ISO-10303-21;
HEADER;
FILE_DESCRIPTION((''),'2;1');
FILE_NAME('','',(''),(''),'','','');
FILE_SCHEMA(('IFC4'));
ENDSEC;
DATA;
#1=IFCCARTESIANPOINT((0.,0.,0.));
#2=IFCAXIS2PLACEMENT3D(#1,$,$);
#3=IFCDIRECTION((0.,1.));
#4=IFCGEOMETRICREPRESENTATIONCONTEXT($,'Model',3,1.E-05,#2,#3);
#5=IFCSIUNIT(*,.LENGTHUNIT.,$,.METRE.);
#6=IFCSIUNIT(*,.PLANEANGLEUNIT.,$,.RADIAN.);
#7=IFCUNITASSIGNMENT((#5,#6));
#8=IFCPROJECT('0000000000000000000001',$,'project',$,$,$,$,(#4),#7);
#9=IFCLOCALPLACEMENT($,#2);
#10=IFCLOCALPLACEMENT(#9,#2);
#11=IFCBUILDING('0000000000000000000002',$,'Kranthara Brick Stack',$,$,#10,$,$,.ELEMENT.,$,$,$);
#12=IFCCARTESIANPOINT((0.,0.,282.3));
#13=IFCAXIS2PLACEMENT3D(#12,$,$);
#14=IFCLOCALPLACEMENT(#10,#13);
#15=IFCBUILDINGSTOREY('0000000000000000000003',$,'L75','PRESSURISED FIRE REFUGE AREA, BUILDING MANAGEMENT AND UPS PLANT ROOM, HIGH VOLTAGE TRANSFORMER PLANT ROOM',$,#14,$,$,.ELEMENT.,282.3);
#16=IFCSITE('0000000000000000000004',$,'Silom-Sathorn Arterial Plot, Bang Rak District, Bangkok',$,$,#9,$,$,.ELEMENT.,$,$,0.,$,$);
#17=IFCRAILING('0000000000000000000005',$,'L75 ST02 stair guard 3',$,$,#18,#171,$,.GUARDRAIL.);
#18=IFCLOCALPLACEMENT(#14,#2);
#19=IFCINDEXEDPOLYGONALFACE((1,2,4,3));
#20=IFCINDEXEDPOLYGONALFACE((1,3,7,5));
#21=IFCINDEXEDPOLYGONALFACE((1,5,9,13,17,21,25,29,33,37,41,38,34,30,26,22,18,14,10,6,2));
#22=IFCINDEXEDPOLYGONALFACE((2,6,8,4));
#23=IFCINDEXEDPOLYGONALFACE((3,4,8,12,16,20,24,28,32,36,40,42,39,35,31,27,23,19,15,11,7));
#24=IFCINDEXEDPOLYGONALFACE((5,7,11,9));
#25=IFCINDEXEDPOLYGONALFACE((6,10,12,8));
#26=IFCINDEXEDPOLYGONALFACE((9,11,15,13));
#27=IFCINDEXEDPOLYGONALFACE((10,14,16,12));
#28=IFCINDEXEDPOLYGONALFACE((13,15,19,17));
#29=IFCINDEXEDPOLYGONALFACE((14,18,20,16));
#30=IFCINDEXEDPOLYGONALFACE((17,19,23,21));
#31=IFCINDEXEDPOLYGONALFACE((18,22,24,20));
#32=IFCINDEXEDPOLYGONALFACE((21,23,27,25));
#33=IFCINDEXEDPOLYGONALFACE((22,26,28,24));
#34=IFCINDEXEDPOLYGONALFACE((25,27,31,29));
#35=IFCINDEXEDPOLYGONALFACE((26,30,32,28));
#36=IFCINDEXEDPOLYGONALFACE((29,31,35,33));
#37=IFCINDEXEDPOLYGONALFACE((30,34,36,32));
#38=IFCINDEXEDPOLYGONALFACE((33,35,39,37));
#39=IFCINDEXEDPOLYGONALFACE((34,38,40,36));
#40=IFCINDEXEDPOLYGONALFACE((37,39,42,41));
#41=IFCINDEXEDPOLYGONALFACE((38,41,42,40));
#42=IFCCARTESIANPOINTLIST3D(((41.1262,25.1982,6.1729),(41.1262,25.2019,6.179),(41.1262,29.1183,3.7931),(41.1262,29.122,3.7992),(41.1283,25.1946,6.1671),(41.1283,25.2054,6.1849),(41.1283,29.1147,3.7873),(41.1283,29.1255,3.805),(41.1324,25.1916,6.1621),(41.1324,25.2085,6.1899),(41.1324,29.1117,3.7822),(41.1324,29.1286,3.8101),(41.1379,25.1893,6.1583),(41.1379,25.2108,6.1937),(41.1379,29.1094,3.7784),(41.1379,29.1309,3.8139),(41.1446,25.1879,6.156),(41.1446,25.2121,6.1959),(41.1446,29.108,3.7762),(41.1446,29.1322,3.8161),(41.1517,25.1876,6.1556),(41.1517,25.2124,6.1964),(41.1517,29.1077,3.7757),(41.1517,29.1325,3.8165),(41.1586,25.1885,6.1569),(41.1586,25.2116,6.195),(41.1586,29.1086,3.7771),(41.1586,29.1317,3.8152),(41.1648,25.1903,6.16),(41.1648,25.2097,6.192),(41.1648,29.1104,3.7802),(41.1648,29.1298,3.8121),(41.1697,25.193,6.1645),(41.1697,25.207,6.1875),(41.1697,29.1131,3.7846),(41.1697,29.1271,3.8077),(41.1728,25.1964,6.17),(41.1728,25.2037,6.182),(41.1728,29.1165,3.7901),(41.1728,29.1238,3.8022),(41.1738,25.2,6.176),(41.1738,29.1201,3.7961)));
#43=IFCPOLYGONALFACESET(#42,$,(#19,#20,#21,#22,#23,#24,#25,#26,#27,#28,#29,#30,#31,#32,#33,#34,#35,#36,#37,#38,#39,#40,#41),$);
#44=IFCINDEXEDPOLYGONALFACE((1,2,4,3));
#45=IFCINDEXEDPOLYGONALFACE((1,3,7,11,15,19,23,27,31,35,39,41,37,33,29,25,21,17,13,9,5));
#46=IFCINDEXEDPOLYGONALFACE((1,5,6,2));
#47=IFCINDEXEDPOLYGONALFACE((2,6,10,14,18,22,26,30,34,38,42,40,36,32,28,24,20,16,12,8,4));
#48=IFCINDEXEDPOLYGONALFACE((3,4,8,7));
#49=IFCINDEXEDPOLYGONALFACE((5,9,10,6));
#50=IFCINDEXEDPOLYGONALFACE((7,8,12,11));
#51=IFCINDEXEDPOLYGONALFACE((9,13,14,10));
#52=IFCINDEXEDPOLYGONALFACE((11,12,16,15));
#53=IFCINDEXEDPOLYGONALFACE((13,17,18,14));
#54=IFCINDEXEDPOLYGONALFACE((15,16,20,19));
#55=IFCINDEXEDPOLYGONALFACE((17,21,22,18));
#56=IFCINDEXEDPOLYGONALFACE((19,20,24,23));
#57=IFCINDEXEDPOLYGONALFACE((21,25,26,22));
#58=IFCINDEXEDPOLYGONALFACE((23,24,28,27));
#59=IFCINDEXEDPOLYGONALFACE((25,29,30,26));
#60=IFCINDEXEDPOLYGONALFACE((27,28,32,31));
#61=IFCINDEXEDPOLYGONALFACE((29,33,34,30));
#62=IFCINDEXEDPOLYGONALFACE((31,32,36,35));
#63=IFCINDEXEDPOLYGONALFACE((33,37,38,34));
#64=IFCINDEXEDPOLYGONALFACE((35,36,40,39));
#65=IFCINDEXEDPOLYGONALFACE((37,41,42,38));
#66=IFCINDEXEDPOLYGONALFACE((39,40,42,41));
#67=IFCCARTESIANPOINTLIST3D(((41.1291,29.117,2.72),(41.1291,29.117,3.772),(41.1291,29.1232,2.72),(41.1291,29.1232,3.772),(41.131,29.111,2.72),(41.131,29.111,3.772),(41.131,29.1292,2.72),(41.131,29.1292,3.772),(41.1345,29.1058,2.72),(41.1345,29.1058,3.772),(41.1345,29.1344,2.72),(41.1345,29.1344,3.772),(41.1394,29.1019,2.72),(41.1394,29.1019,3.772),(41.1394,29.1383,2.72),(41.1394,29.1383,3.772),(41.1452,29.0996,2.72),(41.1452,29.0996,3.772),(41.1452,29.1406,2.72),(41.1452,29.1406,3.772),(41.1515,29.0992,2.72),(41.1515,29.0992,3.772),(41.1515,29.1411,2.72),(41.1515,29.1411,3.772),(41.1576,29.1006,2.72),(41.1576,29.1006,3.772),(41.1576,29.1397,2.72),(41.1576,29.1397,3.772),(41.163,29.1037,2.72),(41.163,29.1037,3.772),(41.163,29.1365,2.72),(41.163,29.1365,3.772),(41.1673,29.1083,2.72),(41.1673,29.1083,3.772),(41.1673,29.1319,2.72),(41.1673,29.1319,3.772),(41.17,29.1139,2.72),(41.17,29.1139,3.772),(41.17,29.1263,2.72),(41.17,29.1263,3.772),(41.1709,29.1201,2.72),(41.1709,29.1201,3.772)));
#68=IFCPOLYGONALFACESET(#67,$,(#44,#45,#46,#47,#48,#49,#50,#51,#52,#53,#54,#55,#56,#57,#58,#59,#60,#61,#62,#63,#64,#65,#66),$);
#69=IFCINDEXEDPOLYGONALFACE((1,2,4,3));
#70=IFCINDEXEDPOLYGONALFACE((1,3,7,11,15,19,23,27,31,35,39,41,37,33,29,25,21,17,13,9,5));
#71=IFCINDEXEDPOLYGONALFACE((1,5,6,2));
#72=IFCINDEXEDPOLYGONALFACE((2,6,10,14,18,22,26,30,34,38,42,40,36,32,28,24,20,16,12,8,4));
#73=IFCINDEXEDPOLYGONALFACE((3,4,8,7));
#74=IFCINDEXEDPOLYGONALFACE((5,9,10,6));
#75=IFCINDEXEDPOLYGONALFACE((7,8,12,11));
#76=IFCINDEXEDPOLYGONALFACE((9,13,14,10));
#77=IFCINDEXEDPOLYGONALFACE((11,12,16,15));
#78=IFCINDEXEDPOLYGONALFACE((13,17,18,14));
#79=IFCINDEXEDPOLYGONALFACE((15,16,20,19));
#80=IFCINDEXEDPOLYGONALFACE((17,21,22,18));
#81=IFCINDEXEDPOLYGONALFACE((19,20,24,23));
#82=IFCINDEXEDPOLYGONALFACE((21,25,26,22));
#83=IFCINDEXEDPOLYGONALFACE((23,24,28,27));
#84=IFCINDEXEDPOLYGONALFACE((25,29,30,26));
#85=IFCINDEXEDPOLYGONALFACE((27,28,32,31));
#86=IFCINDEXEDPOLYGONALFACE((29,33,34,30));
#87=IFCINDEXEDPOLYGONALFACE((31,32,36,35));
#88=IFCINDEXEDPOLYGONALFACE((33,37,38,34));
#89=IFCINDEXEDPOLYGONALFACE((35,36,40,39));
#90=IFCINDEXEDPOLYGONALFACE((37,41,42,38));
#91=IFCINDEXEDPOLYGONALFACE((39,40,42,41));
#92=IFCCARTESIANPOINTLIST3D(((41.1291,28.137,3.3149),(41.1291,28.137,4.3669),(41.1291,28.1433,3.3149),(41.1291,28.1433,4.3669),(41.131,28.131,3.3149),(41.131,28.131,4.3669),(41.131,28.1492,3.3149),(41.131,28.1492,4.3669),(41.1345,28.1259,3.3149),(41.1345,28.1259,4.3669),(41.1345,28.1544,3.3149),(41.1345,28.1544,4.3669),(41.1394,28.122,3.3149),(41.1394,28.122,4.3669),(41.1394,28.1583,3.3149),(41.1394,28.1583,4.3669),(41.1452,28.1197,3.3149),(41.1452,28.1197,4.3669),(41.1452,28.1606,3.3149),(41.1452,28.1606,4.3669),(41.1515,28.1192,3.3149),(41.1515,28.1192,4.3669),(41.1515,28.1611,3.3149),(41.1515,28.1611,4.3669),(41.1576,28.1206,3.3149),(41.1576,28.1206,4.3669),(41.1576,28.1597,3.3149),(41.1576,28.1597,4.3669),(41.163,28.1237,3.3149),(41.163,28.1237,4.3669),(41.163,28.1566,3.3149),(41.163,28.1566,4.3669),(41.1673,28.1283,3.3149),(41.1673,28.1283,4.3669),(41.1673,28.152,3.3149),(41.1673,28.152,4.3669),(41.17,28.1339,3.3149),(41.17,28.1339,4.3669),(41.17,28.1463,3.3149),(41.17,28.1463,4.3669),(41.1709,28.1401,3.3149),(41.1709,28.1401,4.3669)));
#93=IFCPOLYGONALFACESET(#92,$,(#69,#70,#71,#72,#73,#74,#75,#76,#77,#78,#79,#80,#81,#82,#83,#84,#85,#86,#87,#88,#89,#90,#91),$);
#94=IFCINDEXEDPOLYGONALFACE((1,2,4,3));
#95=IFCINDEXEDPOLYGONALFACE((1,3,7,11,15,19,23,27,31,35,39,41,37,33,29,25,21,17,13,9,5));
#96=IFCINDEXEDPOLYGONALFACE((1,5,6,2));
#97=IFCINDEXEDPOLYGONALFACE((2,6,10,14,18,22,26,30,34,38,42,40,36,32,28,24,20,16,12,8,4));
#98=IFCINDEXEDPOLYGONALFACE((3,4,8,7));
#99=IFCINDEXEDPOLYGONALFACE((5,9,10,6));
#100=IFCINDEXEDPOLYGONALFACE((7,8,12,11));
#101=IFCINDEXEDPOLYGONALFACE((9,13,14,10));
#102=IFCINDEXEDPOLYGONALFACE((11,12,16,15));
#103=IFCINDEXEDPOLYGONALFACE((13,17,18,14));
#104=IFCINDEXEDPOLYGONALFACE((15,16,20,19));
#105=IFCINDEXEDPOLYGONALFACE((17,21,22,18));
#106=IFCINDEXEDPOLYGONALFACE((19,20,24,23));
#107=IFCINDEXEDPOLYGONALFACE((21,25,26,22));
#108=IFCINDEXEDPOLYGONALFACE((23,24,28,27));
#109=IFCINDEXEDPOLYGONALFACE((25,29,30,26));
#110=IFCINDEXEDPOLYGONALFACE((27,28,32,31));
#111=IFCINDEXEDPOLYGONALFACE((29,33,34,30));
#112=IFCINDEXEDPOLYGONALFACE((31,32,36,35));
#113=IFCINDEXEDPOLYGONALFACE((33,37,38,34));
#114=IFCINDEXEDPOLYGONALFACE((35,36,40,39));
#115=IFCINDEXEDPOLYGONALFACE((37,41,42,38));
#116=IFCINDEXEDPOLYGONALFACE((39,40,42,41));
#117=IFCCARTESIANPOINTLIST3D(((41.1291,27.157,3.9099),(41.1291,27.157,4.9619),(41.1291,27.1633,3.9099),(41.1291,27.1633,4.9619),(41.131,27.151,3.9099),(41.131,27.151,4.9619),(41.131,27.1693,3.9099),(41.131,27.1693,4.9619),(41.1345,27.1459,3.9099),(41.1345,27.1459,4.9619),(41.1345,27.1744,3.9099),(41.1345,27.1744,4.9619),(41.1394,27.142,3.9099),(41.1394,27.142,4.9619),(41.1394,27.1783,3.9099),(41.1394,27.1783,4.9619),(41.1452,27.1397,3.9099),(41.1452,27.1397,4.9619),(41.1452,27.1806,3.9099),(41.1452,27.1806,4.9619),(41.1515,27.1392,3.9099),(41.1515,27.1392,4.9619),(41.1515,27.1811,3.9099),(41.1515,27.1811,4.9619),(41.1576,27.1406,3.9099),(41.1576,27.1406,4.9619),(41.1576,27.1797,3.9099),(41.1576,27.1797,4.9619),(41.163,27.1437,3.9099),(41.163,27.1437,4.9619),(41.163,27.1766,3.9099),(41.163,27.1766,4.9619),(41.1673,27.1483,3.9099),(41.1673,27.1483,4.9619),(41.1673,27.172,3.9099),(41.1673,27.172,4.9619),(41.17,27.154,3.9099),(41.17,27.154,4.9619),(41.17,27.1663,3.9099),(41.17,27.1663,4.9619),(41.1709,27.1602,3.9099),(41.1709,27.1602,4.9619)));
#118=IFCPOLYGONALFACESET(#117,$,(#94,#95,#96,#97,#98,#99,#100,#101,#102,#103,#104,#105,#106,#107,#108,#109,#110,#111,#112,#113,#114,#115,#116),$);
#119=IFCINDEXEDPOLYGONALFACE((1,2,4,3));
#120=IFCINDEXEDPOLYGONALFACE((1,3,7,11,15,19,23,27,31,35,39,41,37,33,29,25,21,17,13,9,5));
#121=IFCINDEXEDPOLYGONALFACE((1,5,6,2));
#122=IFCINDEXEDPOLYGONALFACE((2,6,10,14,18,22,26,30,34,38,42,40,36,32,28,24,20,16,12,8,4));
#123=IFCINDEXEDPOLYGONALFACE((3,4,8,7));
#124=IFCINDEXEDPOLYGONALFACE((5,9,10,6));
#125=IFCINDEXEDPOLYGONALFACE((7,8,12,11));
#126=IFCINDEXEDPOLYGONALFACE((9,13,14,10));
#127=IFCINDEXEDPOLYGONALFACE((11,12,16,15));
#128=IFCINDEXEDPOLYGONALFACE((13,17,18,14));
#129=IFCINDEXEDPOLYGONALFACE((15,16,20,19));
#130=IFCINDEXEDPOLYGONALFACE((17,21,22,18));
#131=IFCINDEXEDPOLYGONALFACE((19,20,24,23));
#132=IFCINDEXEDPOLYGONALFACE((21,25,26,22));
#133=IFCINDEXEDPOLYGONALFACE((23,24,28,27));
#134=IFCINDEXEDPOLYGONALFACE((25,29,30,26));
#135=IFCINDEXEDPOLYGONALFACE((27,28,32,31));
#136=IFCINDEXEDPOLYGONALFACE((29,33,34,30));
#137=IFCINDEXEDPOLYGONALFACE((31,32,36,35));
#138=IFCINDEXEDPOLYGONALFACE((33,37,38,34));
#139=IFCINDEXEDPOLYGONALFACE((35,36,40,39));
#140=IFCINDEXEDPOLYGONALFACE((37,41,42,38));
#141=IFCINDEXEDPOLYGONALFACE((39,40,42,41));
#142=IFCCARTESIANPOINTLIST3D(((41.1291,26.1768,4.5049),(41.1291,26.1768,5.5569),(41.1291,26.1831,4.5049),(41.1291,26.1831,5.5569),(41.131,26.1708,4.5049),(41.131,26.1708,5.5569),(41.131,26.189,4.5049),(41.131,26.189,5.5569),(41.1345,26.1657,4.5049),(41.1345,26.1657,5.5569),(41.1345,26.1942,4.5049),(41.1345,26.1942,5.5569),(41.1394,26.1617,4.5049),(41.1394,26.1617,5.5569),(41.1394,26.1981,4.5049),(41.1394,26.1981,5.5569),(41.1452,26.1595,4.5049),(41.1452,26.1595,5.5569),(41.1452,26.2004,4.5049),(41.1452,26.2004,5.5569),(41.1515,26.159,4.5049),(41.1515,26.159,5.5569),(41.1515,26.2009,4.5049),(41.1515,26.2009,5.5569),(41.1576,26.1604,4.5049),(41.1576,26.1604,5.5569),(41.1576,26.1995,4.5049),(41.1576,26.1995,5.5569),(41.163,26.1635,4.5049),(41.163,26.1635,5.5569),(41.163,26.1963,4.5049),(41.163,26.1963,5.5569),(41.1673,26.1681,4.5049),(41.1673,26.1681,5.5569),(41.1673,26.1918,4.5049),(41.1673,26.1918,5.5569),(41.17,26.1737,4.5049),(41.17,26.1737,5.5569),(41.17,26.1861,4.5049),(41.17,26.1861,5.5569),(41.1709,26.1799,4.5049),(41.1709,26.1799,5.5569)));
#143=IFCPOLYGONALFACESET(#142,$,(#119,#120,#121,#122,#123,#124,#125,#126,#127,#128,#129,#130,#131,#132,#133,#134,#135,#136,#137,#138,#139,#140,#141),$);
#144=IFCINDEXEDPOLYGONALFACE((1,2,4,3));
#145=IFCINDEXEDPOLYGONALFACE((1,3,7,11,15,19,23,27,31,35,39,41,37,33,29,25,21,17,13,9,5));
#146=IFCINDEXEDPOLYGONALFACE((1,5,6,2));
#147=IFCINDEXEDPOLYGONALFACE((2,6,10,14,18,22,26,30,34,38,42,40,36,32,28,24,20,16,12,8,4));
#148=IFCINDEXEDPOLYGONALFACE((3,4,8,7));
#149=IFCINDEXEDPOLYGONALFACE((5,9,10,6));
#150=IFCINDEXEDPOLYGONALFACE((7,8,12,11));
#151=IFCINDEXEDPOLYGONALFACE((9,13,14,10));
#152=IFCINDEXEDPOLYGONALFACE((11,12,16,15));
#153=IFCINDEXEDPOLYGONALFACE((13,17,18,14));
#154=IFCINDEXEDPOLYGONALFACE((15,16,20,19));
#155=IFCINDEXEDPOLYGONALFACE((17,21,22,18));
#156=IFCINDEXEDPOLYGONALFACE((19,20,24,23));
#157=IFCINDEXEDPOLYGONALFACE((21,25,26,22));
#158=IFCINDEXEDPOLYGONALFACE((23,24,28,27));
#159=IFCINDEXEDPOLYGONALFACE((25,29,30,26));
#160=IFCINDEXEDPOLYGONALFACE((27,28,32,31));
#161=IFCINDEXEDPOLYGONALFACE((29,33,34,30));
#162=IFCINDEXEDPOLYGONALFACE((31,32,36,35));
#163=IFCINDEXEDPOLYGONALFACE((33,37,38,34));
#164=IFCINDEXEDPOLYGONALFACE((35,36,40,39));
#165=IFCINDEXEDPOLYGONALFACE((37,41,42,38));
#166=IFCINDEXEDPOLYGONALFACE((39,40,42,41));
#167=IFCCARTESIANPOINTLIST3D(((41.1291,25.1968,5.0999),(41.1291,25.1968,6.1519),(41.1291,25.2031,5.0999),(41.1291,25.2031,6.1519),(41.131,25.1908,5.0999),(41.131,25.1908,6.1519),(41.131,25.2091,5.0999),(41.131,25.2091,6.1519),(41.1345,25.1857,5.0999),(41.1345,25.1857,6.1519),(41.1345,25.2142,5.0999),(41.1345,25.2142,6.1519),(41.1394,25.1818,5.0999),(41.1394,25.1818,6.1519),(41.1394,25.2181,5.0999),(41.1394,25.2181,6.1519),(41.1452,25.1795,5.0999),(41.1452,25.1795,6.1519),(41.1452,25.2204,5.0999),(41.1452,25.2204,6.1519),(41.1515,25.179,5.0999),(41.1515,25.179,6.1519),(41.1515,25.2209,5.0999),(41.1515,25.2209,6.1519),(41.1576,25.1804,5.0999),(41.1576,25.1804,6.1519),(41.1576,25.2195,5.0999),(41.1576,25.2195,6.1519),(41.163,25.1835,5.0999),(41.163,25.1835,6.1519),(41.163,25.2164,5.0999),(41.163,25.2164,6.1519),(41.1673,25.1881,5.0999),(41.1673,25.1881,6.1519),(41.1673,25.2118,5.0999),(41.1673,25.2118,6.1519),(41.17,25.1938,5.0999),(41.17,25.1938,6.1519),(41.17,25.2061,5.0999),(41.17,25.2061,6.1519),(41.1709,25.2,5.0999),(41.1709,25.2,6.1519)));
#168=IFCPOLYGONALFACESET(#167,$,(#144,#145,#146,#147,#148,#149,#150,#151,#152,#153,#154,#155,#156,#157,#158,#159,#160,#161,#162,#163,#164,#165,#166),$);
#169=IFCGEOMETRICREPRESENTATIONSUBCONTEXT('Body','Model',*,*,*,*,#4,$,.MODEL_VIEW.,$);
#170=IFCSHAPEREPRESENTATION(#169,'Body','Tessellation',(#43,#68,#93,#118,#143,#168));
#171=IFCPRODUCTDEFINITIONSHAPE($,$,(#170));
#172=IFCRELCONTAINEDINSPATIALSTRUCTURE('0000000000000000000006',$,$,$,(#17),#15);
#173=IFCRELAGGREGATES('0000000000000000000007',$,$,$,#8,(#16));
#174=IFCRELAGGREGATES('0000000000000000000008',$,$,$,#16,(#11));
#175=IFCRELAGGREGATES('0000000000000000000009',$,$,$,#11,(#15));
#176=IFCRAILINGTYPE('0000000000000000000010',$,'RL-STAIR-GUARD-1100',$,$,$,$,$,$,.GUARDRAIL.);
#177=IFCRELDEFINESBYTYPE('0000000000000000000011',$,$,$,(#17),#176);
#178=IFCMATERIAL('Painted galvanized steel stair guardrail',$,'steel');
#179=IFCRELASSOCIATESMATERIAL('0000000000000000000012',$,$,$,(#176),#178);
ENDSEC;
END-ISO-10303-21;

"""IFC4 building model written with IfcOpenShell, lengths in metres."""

from ifc_helpers import new_model, si_unit, direction, frame, origin, origin_2d, place, context, subcontext, project, spatial, circle, extrude, material, type_object, element, save


model = new_model("IFC4")

# Units and contexts
model_context = context("Model", 3, precision=1e-05, world=origin(), true_north=direction((0.0, 1.0)))
body_context = subcontext(model_context, "Body", "Model", "MODEL_VIEW")
ifc_project = project(units=[si_unit("LENGTHUNIT", "METRE"), si_unit("PLANEANGLEUNIT", "RADIAN")], contexts=[model_context])

# Site, building, storey
site_placement = place(None, origin())
site = spatial("IfcSite", under=ifc_project, at=site_placement, Name="Silom-Sathorn Arterial Plot, Bang Rak District, Bangkok", CompositionType="ELEMENT", RefElevation=0.0)
building_placement = place(site_placement, origin())
building = spatial("IfcBuilding", under=site, at=building_placement, Name="Kranthara Brick Stack", CompositionType="ELEMENT")
storey_placement = place(building_placement, frame((0.0, 0.0, 282.3)))
storey = spatial("IfcBuildingStorey", under=building, at=storey_placement, Name="L75", Description="PRESSURISED FIRE REFUGE AREA, BUILDING MANAGEMENT AND UPS PLANT ROOM, HIGH VOLTAGE TRANSFORMER PLANT ROOM", CompositionType="ELEMENT", Elevation=282.3)

# Railing
ifc_material_1 = material(Name="Painted galvanized steel stair guardrail", Category="steel")
railing_type_1 = type_object("IfcRailingType", Name="RL-STAIR-GUARD-1100", PredefinedType="GUARDRAIL", material=ifc_material_1)
railing_1_placement = place(storey_placement, frame((41.1499, 29.1201, 2.72)))
element("IfcRailing", 1, at=railing_1_placement, inside=storey, type_object=railing_type_1, Name="L75 ST02 stair guard 3", PredefinedType="GUARDRAIL", context=body_context, shape_type="SweptSolid", body=[
    extrude(circle(Radius=0.0239, at=origin_2d()), frame((0.0, 0.0, 1.0762), z_axis=(0.0, -0.854809, 0.518943), x_axis=(1.0, 0.0, 0.0)), (0.0, 0.0, 1.0), 4.5859),
    extrude(circle(Radius=0.021, at=origin_2d()), origin(), (0.0, 0.0, 1.0), 1.052),
    extrude(circle(Radius=0.021, at=origin_2d()), frame((0.0, -0.98, 0.595)), (0.0, 0.0, 1.0), 1.052),
    extrude(circle(Radius=0.021, at=origin_2d()), frame((0.0, -1.96, 1.1899)), (0.0, 0.0, 1.0), 1.052),
    extrude(circle(Radius=0.021, at=origin_2d()), frame((0.0, -2.9402, 1.7849)), (0.0, 0.0, 1.0), 1.052),
    extrude(circle(Radius=0.021, at=origin_2d()), frame((0.0, -3.9202, 2.3799)), (0.0, 0.0, 1.0), 1.052),
])

save(model, "model.ifc")
